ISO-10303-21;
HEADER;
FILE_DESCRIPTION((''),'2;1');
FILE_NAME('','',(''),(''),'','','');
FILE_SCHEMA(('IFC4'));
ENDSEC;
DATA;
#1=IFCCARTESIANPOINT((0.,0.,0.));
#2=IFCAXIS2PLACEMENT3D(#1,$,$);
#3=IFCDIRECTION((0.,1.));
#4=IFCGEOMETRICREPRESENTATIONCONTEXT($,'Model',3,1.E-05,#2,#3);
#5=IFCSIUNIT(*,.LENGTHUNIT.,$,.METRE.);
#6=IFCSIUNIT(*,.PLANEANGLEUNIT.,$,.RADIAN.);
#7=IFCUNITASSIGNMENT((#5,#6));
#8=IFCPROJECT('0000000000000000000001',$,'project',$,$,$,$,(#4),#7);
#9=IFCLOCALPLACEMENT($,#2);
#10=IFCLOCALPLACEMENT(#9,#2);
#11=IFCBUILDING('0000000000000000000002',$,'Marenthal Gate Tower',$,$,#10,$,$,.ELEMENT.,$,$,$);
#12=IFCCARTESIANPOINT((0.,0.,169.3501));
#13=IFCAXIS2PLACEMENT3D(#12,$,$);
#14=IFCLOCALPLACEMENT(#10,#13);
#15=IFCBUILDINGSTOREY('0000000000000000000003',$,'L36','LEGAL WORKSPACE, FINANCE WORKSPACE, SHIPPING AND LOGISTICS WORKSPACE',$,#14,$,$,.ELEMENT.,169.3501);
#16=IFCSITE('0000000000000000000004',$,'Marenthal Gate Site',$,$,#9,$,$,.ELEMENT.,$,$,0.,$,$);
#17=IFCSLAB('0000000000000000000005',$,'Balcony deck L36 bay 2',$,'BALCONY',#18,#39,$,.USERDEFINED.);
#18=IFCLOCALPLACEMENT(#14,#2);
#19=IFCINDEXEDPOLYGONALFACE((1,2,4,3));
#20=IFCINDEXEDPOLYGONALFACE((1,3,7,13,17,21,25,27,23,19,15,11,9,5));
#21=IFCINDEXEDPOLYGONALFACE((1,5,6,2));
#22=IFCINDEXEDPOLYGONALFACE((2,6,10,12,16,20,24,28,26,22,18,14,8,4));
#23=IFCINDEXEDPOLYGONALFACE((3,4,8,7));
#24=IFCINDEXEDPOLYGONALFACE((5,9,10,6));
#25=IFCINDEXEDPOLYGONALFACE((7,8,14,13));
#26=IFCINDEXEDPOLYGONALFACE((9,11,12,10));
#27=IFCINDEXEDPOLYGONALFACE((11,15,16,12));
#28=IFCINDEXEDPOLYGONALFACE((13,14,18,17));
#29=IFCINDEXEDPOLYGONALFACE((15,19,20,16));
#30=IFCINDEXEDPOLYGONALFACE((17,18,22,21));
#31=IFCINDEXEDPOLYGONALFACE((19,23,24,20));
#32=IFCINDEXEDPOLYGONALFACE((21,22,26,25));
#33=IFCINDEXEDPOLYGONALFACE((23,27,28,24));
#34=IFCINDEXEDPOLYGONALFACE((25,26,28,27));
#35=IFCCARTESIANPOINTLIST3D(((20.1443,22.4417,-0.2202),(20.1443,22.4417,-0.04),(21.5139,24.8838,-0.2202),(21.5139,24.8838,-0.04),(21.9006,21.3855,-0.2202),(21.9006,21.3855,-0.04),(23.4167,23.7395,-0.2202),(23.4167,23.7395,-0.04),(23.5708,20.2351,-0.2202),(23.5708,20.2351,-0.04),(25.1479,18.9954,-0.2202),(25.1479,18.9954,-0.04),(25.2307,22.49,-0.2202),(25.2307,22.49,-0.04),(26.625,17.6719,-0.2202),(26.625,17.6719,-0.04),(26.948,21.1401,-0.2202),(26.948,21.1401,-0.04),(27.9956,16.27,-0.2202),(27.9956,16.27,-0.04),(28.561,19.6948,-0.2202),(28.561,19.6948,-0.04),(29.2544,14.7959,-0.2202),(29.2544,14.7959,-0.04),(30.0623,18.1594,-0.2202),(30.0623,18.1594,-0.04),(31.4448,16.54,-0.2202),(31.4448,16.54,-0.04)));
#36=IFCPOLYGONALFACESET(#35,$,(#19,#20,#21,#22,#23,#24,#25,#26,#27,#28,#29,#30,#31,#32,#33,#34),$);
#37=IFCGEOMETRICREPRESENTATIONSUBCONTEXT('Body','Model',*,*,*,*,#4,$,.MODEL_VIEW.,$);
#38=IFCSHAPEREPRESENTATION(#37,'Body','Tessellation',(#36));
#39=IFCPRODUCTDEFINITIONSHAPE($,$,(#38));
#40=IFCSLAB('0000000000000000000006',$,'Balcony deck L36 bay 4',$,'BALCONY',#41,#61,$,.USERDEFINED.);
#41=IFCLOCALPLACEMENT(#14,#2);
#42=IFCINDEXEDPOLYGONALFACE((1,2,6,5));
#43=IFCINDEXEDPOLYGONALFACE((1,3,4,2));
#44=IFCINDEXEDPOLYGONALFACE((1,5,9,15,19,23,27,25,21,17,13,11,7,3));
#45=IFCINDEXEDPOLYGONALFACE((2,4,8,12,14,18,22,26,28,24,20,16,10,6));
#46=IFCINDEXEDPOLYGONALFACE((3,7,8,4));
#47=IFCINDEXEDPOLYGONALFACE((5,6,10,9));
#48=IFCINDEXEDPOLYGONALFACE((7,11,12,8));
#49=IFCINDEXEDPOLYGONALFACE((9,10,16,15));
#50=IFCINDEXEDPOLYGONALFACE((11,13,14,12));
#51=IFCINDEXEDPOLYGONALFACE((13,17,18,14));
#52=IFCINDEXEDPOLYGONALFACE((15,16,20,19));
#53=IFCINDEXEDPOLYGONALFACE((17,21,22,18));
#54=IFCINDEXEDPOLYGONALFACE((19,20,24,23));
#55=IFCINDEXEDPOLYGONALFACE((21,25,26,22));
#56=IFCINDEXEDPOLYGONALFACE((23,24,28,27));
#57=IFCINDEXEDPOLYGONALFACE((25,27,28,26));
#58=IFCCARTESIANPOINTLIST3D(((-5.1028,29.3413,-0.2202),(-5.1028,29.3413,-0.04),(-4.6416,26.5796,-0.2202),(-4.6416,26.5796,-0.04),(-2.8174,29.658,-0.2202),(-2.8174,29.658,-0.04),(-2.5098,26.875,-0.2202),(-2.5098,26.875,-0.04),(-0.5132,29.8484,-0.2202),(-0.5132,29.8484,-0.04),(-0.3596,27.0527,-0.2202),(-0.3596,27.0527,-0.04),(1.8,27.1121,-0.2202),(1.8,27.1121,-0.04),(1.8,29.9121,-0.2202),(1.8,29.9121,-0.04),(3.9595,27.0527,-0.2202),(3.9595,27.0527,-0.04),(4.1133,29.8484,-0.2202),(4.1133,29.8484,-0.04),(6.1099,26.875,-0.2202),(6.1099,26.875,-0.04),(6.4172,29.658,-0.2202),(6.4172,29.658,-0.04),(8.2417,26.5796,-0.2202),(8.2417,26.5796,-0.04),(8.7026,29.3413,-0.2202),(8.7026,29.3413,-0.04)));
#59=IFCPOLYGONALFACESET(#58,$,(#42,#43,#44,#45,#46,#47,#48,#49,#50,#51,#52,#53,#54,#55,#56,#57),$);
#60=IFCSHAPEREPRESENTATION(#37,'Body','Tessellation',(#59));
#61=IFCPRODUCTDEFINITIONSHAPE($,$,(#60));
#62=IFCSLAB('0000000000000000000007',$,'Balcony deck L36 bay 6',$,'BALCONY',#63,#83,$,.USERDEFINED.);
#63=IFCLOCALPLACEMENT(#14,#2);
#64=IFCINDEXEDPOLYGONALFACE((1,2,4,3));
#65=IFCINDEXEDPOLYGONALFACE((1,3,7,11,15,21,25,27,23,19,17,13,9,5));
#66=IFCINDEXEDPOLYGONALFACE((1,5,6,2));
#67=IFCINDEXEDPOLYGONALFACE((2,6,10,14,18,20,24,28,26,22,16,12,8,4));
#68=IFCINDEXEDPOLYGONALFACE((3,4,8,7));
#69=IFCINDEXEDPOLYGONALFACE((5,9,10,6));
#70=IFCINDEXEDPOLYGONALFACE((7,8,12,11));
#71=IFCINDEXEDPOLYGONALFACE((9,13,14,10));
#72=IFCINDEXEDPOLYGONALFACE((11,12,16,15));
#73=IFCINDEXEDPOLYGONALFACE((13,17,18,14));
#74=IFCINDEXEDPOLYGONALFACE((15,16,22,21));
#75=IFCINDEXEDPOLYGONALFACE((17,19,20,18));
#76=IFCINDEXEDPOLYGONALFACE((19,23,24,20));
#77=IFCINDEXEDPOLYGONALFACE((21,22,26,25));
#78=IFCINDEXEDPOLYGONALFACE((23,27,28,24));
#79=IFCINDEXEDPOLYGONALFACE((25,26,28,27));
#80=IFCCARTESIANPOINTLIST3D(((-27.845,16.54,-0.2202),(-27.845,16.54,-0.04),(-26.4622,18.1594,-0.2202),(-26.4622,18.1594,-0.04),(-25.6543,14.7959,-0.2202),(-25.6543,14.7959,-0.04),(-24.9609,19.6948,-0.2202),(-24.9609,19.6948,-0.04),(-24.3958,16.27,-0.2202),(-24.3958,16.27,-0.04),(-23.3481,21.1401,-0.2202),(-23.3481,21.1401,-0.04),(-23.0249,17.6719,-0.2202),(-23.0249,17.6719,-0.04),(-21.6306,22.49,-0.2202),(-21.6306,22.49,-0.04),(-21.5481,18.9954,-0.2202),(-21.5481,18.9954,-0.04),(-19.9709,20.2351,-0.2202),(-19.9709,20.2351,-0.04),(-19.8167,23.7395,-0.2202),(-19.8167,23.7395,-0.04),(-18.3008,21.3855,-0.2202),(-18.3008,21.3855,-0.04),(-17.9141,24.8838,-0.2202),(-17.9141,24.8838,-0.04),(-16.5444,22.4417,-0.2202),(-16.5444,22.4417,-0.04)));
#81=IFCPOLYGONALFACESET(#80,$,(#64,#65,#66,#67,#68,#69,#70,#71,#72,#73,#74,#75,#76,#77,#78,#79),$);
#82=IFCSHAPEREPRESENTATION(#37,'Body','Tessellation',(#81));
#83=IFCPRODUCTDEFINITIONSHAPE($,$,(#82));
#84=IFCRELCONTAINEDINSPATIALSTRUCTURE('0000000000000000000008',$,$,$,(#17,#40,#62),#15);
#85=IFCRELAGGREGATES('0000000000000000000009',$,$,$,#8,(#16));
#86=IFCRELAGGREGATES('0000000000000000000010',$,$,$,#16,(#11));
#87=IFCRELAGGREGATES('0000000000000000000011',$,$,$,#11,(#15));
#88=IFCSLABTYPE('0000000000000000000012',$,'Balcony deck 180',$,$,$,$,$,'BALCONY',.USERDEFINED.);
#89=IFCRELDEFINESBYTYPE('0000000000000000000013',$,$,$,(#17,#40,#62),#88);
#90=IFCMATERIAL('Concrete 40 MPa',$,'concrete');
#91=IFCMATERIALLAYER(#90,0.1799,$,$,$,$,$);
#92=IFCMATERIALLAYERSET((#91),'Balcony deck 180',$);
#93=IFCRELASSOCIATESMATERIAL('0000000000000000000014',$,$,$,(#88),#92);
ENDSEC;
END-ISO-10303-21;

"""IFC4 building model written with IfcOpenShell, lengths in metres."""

from ifc_helpers import new_model, si_unit, direction, frame, origin, place, context, subcontext, project, spatial, polyline, outline, extrude, material, layer, layer_set, type_object, element, save


model = new_model("IFC4")

# Units and contexts
model_context = context("Model", 3, precision=1e-05, world=origin(), true_north=direction((0.0, 1.0)))
body_context = subcontext(model_context, "Body", "Model", "MODEL_VIEW")
ifc_project = project(units=[si_unit("LENGTHUNIT", "METRE"), si_unit("PLANEANGLEUNIT", "RADIAN")], contexts=[model_context])

# Site, building, storey
site_placement = place(None, origin())
site = spatial("IfcSite", under=ifc_project, at=site_placement, Name="Marenthal Gate Site", CompositionType="ELEMENT", RefElevation=0.0)
building_placement = place(site_placement, origin())
building = spatial("IfcBuilding", under=site, at=building_placement, Name="Marenthal Gate Tower", CompositionType="ELEMENT")
storey_placement = place(building_placement, frame((0.0, 0.0, 169.3501)))
storey = spatial("IfcBuildingStorey", under=building, at=storey_placement, Name="L36", Description="LEGAL WORKSPACE, FINANCE WORKSPACE, SHIPPING AND LOGISTICS WORKSPACE", CompositionType="ELEMENT", Elevation=169.3501)

# Slabs
ifc_material_1 = material(Name="Concrete 40 MPa", Category="concrete")
ifc_layer_1 = layer(ifc_material_1, 0.1799)
ifc_layer_set_1 = layer_set([ifc_layer_1], Name="Balcony deck 180")
slab_type_1 = type_object("IfcSlabType", Name="Balcony deck 180", ElementType="BALCONY", PredefinedType="USERDEFINED", material=ifc_layer_set_1)
slab_1_placement = place(storey_placement, frame((0.0, 0.0, -0.2202)))
element("IfcSlab", 1, at=slab_1_placement, inside=storey, type_object=slab_type_1, Name="Balcony deck L36 bay 2", ObjectType="BALCONY", PredefinedType="USERDEFINED", context=body_context, shape_type="SweptSolid", body=[
    extrude(outline(polyline([(29.2544, 14.7959), (27.9956, 16.27), (26.625, 17.6719), (25.1479, 18.9954), (23.5708, 20.2351), (21.9006, 21.3855), (20.1443, 22.4417), (21.5139, 24.8838), (23.4167, 23.7395), (25.2307, 22.49), (26.948, 21.1401), (28.561, 19.6948), (30.0623, 18.1594), (31.4448, 16.54), (29.2544, 14.7959)])), origin(), (0.0, 0.0, 1.0), 0.1802),
])
slab_2_placement = place(storey_placement, frame((0.0, 0.0, -0.2202)))
element("IfcSlab", 2, at=slab_2_placement, inside=storey, type_object=slab_type_1, Name="Balcony deck L36 bay 4", ObjectType="BALCONY", PredefinedType="USERDEFINED", context=body_context, shape_type="SweptSolid", body=[
    extrude(outline(polyline([(8.2417, 26.5796), (6.1099, 26.875), (3.9595, 27.0527), (1.8, 27.1121), (-0.3596, 27.0527), (-2.5098, 26.875), (-4.6416, 26.5796), (-5.1028, 29.3413), (-2.8174, 29.658), (-0.5132, 29.8484), (1.8, 29.9121), (4.1133, 29.8484), (6.4172, 29.658), (8.7026, 29.3413), (8.2417, 26.5796)])), origin(), (0.0, 0.0, 1.0), 0.1802),
])
slab_3_placement = place(storey_placement, frame((0.0, 0.0, -0.2202)))
element("IfcSlab", 3, at=slab_3_placement, inside=storey, type_object=slab_type_1, Name="Balcony deck L36 bay 6", ObjectType="BALCONY", PredefinedType="USERDEFINED", context=body_context, shape_type="SweptSolid", body=[
    extrude(outline(polyline([(-16.5444, 22.4417), (-18.3008, 21.3855), (-19.9709, 20.2351), (-21.5481, 18.9954), (-23.0249, 17.6719), (-24.3958, 16.27), (-25.6543, 14.7959), (-27.845, 16.54), (-26.4622, 18.1594), (-24.9609, 19.6948), (-23.3481, 21.1401), (-21.6306, 22.49), (-19.8167, 23.7395), (-17.9141, 24.8838), (-16.5444, 22.4417)])), origin(), (0.0, 0.0, 1.0), 0.1802),
])

save(model, "model.ifc")
